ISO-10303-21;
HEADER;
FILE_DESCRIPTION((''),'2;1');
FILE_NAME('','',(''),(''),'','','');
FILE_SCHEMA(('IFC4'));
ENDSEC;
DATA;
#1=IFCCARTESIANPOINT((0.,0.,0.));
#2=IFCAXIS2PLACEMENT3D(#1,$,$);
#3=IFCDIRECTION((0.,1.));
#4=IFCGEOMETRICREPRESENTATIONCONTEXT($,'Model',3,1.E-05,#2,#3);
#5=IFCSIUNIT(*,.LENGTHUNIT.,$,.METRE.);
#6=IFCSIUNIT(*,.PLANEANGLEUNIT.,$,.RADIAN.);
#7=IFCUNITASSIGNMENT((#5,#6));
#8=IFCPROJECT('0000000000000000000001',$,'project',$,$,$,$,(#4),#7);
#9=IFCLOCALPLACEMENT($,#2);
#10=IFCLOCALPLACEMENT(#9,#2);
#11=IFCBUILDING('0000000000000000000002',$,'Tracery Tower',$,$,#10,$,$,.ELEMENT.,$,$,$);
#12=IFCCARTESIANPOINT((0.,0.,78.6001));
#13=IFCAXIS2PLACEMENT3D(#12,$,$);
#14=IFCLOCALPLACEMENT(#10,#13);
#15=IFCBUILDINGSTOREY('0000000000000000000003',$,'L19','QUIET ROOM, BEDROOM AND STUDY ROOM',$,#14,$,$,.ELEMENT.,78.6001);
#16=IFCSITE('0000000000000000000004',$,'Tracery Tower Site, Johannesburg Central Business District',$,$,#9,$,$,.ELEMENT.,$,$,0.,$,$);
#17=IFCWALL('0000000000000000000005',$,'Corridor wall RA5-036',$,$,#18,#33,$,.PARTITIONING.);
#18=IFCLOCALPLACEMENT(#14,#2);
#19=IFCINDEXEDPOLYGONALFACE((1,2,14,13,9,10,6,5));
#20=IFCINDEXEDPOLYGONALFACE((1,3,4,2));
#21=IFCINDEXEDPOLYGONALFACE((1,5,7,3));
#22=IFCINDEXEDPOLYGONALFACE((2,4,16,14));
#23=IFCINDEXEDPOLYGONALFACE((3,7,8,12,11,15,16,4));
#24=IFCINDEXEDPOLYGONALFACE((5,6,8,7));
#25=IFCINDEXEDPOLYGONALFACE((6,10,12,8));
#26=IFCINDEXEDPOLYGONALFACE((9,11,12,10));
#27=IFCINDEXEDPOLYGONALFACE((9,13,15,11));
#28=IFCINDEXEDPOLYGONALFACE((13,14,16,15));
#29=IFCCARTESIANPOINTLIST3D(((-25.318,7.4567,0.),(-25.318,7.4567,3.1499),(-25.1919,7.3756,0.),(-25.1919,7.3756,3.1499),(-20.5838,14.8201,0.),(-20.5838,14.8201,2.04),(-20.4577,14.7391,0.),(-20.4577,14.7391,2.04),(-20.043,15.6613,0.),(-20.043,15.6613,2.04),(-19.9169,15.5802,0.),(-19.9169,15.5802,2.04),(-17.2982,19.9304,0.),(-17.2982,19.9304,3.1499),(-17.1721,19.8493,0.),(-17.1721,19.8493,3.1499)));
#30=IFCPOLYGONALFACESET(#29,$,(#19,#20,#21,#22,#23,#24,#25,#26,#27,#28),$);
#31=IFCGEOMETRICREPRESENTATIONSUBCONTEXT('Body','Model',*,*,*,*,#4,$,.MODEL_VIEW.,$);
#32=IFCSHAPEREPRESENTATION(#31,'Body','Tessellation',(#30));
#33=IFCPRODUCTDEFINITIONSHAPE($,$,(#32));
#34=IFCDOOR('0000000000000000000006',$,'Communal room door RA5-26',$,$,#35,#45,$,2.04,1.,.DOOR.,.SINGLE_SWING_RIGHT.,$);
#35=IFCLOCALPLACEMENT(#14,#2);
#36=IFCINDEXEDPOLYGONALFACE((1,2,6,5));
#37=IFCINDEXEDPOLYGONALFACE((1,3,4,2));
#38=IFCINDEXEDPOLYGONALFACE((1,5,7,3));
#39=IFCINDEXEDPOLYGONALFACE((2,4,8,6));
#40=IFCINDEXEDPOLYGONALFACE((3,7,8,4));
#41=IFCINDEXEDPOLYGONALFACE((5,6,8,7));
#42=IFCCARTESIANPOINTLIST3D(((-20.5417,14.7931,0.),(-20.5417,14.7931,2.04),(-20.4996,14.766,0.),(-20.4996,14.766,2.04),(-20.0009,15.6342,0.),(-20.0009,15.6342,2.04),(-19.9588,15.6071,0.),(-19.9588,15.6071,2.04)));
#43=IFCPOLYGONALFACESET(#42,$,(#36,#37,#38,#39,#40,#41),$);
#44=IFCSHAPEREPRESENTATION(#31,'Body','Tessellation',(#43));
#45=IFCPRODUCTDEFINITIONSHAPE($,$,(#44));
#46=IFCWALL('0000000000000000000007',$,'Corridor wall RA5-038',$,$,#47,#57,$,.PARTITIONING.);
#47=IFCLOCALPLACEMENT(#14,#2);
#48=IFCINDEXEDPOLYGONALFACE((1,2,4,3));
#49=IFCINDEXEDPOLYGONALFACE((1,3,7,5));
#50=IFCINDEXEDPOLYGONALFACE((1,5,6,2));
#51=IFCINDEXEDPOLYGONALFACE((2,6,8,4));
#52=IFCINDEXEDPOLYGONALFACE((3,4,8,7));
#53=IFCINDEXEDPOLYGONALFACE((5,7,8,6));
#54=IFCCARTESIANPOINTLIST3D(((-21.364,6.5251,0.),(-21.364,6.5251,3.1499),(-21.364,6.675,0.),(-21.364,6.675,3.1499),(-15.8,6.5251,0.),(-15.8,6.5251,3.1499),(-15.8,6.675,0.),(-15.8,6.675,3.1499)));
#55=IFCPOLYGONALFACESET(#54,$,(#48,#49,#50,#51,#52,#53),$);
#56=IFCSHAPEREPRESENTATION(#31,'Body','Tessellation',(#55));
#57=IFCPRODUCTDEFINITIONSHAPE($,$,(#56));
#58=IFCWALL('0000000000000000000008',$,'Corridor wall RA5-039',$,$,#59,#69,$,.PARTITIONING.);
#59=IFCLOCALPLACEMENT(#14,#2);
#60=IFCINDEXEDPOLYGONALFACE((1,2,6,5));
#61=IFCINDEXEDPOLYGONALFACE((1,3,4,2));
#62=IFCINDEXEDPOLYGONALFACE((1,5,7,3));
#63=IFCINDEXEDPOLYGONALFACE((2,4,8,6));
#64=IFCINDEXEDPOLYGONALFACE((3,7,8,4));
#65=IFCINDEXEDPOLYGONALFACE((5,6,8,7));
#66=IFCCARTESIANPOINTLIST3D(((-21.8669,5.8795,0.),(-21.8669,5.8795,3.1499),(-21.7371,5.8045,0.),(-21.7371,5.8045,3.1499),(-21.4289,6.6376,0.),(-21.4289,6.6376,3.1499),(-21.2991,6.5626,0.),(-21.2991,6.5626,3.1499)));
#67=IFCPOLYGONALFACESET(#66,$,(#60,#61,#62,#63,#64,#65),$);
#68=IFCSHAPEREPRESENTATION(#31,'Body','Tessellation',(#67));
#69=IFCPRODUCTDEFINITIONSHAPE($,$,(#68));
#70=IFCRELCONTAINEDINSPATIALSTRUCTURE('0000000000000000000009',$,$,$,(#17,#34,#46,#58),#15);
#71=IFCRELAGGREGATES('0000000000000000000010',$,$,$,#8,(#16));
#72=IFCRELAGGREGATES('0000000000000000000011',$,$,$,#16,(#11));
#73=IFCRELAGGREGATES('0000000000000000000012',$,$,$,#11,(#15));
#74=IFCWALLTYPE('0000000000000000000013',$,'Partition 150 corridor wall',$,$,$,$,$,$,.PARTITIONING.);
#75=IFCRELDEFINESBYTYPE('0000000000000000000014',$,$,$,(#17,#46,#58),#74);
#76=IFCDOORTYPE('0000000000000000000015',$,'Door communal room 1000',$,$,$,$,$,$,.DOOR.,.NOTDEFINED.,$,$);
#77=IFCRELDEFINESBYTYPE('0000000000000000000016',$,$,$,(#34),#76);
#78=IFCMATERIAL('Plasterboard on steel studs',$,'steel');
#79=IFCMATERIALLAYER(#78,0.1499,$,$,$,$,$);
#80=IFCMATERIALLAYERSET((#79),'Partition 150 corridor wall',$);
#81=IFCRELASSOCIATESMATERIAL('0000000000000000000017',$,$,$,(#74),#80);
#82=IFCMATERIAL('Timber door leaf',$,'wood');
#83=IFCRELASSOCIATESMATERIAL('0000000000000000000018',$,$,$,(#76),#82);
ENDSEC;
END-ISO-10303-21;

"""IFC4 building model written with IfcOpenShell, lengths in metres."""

from ifc_helpers import new_model, si_unit, direction, frame, frame_2d, origin, place, context, subcontext, project, spatial, rectangle, extrude, material, layer, layer_set, type_object, element, fill, save


model = new_model("IFC4")

# Units and contexts
model_context = context("Model", 3, precision=1e-05, world=origin(), true_north=direction((0.0, 1.0)))
body_context = subcontext(model_context, "Body", "Model", "MODEL_VIEW")
ifc_project = project(units=[si_unit("LENGTHUNIT", "METRE"), si_unit("PLANEANGLEUNIT", "RADIAN")], contexts=[model_context])

# Site, building, storey
site_placement = place(None, origin())
site = spatial("IfcSite", under=ifc_project, at=site_placement, Name="Tracery Tower Site, Johannesburg Central Business District", CompositionType="ELEMENT", RefElevation=0.0)
building_placement = place(site_placement, origin())
building = spatial("IfcBuilding", under=site, at=building_placement, Name="Tracery Tower", CompositionType="ELEMENT")
storey_placement = place(building_placement, frame((0.0, 0.0, 78.6001)))
storey = spatial("IfcBuildingStorey", under=building, at=storey_placement, Name="L19", Description="QUIET ROOM, BEDROOM AND STUDY ROOM", CompositionType="ELEMENT", Elevation=78.6001)

# Shared definitions
ifc_material_1 = material(Name="Plasterboard on steel studs", Category="steel")
ifc_layer_1 = layer(ifc_material_1, 0.1499)
ifc_layer_set_1 = layer_set([ifc_layer_1], Name="Partition 150 corridor wall")
wall_type_1 = type_object("IfcWallType", Name="Partition 150 corridor wall", PredefinedType="PARTITIONING", material=ifc_layer_set_1)
ifc_material_2 = material(Name="Timber door leaf", Category="wood")
door_type_1 = type_object("IfcDoorType", Name="Door communal room 1000", OperationType="NOTDEFINED", PredefinedType="DOOR", material=ifc_material_2)

# Wall, opening, door
wall_1_placement = place(storey_placement, frame((-25.2549, 7.4163, 0.0), z_axis=(0.0, 0.0, 1.0), x_axis=(0.540806, 0.841147, 0.0)))
wall_1 = element("IfcWall", 1, at=wall_1_placement, inside=storey, type_object=wall_type_1, Name="Corridor wall RA5-036", PredefinedType="PARTITIONING", context=body_context, shape_type="SweptSolid", body=[
    extrude(rectangle(XDim=14.8293, YDim=0.1499, at=frame_2d((7.4146, 0.0))), origin(), (0.0, 0.0, 1.0), 3.1499),
])
opening_1_placement = place(wall_1_placement, frame((8.7539, 0.0, 0.0)))
opening_1 = element("IfcOpeningElement", 2, at=opening_1_placement, cuts=wall_1, PredefinedType="OPENING", context=body_context, shape_type="SweptSolid", body=[
    extrude(rectangle(XDim=1.0, YDim=2.04, at=frame_2d((0.5, 1.02))), frame((0.0, 0.075, 0.0), z_axis=(0.0, -1.0, 0.0), x_axis=(1.0, 0.0, 0.0)), (0.0, 0.0, 1.0), 0.1499),
])
door_1_placement = place(opening_1_placement, origin())
door_1 = element("IfcDoor", 3, at=door_1_placement, inside=storey, type_object=door_type_1, Name="Communal room door RA5-26", OperationType="SINGLE_SWING_RIGHT", OverallHeight=2.04, OverallWidth=1.0, PredefinedType="DOOR", context=body_context, shape_type="SweptSolid", body=[
    extrude(rectangle(XDim=1.0, YDim=2.04, at=frame_2d((0.5, 1.02))), frame((0.0, 0.0249, 0.0), z_axis=(0.0, -1.0, 0.0), x_axis=(1.0, 0.0, 0.0)), (0.0, 0.0, 1.0), 0.05),
])
fill(opening_1, door_1)

# Walls
wall_2_placement = place(storey_placement, frame((-21.364, 6.6001, 0.0), z_axis=(0.0, 0.0, 1.0), x_axis=(1.0, 0.0, 0.0)))
element("IfcWall", 4, at=wall_2_placement, inside=storey, type_object=wall_type_1, Name="Corridor wall RA5-038", PredefinedType="PARTITIONING", context=body_context, shape_type="SweptSolid", body=[
    extrude(rectangle(XDim=5.564, YDim=0.1499, at=frame_2d((2.782, 0.0))), origin(), (0.0, 0.0, 1.0), 3.1499),
])
wall_3_placement = place(storey_placement, frame((-21.802, 5.842, 0.0), z_axis=(0.0, 0.0, 1.0), x_axis=(0.500278, 0.865865, 0.0)))
element("IfcWall", 5, at=wall_3_placement, inside=storey, type_object=wall_type_1, Name="Corridor wall RA5-039", PredefinedType="PARTITIONING", context=body_context, shape_type="SweptSolid", body=[
    extrude(rectangle(XDim=0.8755, YDim=0.1499, at=frame_2d((0.4377, 0.0))), origin(), (0.0, 0.0, 1.0), 3.1499),
])

save(model, "model.ifc")
